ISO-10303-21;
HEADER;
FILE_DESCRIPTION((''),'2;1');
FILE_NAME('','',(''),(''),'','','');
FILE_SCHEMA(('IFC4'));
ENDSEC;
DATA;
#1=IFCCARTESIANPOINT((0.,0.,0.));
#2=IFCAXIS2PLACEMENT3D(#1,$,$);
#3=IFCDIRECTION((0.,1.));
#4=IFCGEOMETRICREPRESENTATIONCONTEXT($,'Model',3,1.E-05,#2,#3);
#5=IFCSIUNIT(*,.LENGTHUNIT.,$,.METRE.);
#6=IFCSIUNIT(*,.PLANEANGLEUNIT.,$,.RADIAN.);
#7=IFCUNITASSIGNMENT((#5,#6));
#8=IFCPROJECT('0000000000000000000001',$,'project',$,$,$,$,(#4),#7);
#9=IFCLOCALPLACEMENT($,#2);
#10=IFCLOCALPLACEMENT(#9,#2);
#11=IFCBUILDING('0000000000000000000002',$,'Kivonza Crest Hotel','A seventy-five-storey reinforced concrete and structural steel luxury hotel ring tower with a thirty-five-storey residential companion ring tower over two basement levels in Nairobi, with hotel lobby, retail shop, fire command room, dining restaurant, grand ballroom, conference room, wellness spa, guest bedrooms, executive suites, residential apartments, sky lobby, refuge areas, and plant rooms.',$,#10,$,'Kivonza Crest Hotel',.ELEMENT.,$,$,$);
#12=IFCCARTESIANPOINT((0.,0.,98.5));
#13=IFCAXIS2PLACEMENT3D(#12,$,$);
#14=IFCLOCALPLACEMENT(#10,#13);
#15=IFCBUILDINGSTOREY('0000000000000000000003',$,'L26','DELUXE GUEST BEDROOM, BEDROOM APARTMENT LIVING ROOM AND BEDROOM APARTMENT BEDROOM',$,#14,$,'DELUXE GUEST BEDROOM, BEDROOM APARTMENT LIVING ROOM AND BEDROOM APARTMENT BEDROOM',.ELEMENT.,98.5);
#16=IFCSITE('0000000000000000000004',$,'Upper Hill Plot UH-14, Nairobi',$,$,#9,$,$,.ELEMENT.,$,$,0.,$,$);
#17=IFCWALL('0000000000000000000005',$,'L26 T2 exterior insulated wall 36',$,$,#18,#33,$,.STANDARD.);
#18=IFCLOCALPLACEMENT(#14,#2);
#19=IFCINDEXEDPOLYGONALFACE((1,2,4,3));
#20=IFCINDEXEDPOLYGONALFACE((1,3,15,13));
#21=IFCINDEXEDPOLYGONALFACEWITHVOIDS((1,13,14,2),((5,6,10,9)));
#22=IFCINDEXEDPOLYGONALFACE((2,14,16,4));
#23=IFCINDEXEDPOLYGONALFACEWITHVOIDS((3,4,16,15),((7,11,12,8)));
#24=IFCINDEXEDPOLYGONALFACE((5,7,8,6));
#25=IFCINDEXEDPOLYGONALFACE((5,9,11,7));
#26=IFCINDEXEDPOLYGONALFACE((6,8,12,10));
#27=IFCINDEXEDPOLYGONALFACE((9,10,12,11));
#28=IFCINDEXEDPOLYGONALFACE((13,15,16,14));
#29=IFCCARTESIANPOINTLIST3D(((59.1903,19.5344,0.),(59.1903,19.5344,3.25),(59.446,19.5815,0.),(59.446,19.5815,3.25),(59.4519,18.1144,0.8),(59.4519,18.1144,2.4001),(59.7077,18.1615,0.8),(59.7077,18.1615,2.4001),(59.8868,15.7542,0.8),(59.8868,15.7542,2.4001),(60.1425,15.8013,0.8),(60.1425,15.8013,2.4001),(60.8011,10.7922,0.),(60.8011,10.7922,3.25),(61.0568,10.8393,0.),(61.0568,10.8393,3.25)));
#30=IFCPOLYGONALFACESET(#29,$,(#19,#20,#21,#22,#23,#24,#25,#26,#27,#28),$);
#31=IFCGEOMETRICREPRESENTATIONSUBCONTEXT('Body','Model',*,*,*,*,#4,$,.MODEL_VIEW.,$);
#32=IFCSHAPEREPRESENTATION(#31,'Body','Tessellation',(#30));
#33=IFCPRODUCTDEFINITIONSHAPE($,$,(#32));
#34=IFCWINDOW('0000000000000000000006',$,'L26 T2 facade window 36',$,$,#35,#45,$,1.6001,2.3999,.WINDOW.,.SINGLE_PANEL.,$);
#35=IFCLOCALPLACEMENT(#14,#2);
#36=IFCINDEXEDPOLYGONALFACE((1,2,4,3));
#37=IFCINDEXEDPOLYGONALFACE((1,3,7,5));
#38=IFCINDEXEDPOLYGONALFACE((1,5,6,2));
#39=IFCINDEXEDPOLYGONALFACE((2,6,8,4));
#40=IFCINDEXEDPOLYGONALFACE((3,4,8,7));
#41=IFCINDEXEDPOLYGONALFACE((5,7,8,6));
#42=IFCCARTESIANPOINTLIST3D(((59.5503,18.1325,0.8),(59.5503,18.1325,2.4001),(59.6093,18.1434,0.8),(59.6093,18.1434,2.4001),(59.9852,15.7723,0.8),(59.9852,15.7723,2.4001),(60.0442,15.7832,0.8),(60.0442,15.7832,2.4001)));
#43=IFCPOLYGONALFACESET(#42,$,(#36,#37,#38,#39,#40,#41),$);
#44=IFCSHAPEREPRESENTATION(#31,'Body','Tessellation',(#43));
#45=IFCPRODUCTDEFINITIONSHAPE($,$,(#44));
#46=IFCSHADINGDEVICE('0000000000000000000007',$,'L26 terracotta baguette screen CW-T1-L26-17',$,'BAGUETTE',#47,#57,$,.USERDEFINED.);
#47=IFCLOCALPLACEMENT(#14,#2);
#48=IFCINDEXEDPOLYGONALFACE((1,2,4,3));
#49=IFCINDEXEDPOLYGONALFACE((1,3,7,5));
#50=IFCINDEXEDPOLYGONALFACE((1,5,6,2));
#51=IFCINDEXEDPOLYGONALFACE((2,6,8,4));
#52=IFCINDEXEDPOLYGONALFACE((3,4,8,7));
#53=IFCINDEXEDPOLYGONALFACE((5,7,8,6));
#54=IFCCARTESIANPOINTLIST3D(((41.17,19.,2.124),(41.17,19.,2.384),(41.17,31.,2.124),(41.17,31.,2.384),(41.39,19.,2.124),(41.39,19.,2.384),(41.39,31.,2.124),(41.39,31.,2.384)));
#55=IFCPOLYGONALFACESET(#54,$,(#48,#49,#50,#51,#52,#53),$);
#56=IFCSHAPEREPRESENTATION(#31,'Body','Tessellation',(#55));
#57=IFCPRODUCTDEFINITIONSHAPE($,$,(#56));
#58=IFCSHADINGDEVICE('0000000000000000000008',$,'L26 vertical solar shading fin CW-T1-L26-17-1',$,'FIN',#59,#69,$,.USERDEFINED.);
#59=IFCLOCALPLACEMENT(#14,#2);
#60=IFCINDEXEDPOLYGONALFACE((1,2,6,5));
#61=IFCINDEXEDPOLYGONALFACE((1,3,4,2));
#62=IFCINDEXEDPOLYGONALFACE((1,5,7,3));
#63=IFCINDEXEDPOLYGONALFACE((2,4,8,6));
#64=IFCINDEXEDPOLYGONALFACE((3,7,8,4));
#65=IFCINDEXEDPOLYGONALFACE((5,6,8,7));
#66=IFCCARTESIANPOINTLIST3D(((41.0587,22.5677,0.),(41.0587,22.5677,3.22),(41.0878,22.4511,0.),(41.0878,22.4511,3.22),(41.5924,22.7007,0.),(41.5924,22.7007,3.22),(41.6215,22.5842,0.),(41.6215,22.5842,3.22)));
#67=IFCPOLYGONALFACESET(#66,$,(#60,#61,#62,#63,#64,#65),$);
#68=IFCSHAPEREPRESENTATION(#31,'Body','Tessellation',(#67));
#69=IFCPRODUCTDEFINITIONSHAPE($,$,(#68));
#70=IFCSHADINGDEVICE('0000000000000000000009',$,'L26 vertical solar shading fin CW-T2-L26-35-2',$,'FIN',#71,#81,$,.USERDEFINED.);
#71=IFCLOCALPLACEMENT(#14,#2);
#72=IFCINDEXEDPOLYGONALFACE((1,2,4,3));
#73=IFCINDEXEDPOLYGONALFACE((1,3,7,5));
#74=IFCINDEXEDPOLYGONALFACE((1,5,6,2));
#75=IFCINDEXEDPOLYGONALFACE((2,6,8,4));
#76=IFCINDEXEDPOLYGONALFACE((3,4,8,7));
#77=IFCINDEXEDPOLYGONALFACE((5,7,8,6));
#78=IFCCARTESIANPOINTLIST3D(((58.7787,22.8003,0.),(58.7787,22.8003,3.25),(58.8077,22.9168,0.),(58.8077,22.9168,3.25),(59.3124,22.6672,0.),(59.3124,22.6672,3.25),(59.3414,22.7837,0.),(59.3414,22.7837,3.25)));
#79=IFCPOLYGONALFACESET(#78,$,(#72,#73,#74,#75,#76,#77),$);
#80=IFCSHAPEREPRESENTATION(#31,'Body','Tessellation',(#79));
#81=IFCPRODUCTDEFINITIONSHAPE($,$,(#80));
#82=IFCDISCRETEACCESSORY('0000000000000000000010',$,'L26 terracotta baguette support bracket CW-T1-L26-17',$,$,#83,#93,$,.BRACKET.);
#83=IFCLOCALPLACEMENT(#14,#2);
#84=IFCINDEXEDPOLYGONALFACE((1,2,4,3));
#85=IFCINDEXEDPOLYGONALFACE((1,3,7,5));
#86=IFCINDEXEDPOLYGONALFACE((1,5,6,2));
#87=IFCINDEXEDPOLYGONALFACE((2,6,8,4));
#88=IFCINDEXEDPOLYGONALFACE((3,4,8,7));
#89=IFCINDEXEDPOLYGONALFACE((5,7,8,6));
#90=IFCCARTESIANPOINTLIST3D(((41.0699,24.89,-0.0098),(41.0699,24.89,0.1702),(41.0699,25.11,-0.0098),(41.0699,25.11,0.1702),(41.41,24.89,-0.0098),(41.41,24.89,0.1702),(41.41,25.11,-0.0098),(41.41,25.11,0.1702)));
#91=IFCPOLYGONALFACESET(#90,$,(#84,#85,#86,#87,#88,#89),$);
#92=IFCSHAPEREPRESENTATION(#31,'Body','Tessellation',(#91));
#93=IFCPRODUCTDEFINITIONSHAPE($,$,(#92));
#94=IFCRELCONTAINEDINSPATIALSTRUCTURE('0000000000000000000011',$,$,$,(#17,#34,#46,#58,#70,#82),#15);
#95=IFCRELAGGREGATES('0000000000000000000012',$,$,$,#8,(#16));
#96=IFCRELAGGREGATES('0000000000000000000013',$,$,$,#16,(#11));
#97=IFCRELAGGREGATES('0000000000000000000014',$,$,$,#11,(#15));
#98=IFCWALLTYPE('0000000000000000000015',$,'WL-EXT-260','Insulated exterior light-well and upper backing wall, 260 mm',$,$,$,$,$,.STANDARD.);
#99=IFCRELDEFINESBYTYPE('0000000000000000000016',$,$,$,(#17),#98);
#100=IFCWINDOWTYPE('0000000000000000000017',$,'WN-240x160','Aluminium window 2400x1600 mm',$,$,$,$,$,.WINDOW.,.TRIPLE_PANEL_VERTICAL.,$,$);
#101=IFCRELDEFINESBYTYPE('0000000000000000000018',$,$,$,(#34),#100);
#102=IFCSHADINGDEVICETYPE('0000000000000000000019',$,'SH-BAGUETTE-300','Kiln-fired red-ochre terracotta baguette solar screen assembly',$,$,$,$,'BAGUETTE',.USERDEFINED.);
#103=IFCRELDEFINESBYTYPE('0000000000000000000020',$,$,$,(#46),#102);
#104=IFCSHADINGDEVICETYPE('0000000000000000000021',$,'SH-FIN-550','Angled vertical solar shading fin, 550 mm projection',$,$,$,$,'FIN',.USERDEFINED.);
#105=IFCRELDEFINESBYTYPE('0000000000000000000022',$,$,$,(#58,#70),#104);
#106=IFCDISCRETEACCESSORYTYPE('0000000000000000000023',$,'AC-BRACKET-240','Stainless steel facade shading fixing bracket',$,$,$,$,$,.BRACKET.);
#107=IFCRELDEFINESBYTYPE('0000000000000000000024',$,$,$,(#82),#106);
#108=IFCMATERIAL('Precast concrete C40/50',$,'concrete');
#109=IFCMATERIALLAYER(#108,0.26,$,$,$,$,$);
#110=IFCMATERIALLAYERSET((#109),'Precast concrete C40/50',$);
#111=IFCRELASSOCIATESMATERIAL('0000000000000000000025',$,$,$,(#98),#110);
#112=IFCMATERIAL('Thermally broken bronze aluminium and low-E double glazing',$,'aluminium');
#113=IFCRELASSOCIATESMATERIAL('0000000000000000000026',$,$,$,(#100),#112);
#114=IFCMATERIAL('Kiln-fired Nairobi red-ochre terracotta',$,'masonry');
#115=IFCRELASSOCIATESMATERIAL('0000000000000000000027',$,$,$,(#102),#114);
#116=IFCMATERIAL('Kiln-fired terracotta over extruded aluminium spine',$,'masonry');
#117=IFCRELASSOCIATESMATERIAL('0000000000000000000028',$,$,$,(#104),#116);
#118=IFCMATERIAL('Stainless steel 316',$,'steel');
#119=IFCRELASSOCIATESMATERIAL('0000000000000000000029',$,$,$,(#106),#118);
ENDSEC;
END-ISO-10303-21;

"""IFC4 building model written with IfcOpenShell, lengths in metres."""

from ifc_helpers import new_model, si_unit, direction, frame, frame_2d, origin, origin_2d, place, context, subcontext, project, spatial, rectangle, extrude, material, layer, layer_set, type_object, element, fill, save


model = new_model("IFC4")

# Units and contexts
model_context = context("Model", 3, precision=1e-05, world=origin(), true_north=direction((0.0, 1.0)))
body_context = subcontext(model_context, "Body", "Model", "MODEL_VIEW")
ifc_project = project(units=[si_unit("LENGTHUNIT", "METRE"), si_unit("PLANEANGLEUNIT", "RADIAN")], contexts=[model_context])

# Site, building, storey
site_placement = place(None, origin())
site = spatial("IfcSite", under=ifc_project, at=site_placement, Name="Upper Hill Plot UH-14, Nairobi", CompositionType="ELEMENT", RefElevation=0.0)
building_placement = place(site_placement, origin())
building = spatial("IfcBuilding", under=site, at=building_placement, Name="Kivonza Crest Hotel", Description="A seventy-five-storey reinforced concrete and structural steel luxury hotel ring tower with a thirty-five-storey residential companion ring tower over two basement levels in Nairobi, with hotel lobby, retail shop, fire command room, dining restaurant, grand ballroom, conference room, wellness spa, guest bedrooms, executive suites, residential apartments, sky lobby, refuge areas, and plant rooms.", LongName="Kivonza Crest Hotel", CompositionType="ELEMENT")
storey_placement = place(building_placement, frame((0.0, 0.0, 98.5)))
storey = spatial("IfcBuildingStorey", under=building, at=storey_placement, Name="L26", Description="DELUXE GUEST BEDROOM, BEDROOM APARTMENT LIVING ROOM AND BEDROOM APARTMENT BEDROOM", LongName="DELUXE GUEST BEDROOM, BEDROOM APARTMENT LIVING ROOM AND BEDROOM APARTMENT BEDROOM", CompositionType="ELEMENT", Elevation=98.5)

# Shared definitions
ifc_material_1 = material(Name="Precast concrete C40/50", Category="concrete")
ifc_layer_1 = layer(ifc_material_1, 0.26)
ifc_layer_set_1 = layer_set([ifc_layer_1], Name="Precast concrete C40/50")
wall_type_1 = type_object("IfcWallType", Name="WL-EXT-260", Description="Insulated exterior light-well and upper backing wall, 260 mm", PredefinedType="STANDARD", material=ifc_layer_set_1)

# Wall, opening, window
ifc_material_2 = material(Name="Thermally broken bronze aluminium and low-E double glazing", Category="aluminium")
window_type = type_object("IfcWindowType", Name="WN-240x160", Description="Aluminium window 2400x1600 mm", PartitioningType="TRIPLE_PANEL_VERTICAL", PredefinedType="WINDOW", material=ifc_material_2)
wall_1_placement = place(storey_placement, frame((59.3181, 19.5581, 0.0), z_axis=(0.0, 0.0, 1.0), x_axis=(0.18121, -0.983444, 0.0)))
wall_1 = element("IfcWall", 1, at=wall_1_placement, inside=storey, type_object=wall_type_1, Name="L26 T2 exterior insulated wall 36", PredefinedType="STANDARD", context=body_context, shape_type="SweptSolid", body=[
    extrude(rectangle(XDim=8.8894, YDim=0.26, at=frame_2d((4.4448, 0.0))), origin(), (0.0, 0.0, 1.0), 3.25),
])
opening_1_placement = place(wall_1_placement, frame((1.4441, 0.0, 0.8)))
opening_1 = element("IfcOpeningElement", 2, at=opening_1_placement, cuts=wall_1, PredefinedType="OPENING", context=body_context, shape_type="SweptSolid", body=[
    extrude(rectangle(XDim=2.3999, YDim=1.6001, at=frame_2d((1.2, 0.8))), frame((0.0, 0.1401, 0.0), z_axis=(0.0, -1.0, 0.0), x_axis=(1.0, 0.0, 0.0)), (0.0, 0.0, 1.0), 0.28),
])
window_1_placement = place(opening_1_placement, origin())
window_1 = element("IfcWindow", 3, at=window_1_placement, inside=storey, type_object=window_type, Name="L26 T2 facade window 36", OverallHeight=1.6001, OverallWidth=2.3999, PartitioningType="SINGLE_PANEL", PredefinedType="WINDOW", context=body_context, shape_type="SweptSolid", body=[
    extrude(rectangle(XDim=2.3999, YDim=1.6001, at=frame_2d((1.2, 0.8))), frame((0.0, 0.03, 0.0), z_axis=(0.0, -1.0, 0.0), x_axis=(1.0, 0.0, 0.0)), (0.0, 0.0, 1.0), 0.0601),
])
fill(opening_1, window_1)

# Shading devices
ifc_material_3 = material(Name="Kiln-fired Nairobi red-ochre terracotta", Category="masonry")
shading_device_type_1 = type_object("IfcShadingDeviceType", Name="SH-BAGUETTE-300", Description="Kiln-fired red-ochre terracotta baguette solar screen assembly", ElementType="BAGUETTE", PredefinedType="USERDEFINED", material=ifc_material_3)
shading_device_1_placement = place(storey_placement, frame((41.28, 25.0, 2.124), z_axis=(0.0, 0.0, 1.0), x_axis=(0.0, 1.0, 0.0)))
element("IfcShadingDevice", 4, at=shading_device_1_placement, inside=storey, type_object=shading_device_type_1, Name="L26 terracotta baguette screen CW-T1-L26-17", ObjectType="BAGUETTE", PredefinedType="USERDEFINED", context=body_context, shape_type="SweptSolid", body=[
    extrude(rectangle(XDim=12.0, YDim=0.22, at=origin_2d()), origin(), (0.0, 0.0, 1.0), 0.26),
])
ifc_material_4 = material(Name="Kiln-fired terracotta over extruded aluminium spine", Category="masonry")
shading_device_type_2 = type_object("IfcShadingDeviceType", Name="SH-FIN-550", Description="Angled vertical solar shading fin, 550 mm projection", ElementType="FIN", PredefinedType="USERDEFINED", material=ifc_material_4)
shading_device_2_placement = place(storey_placement, frame((41.3401, 22.5759, 0.0), z_axis=(0.0, 0.0, 1.0), x_axis=(-0.241922, 0.970296, 0.0)))
element("IfcShadingDevice", 5, at=shading_device_2_placement, inside=storey, type_object=shading_device_type_2, Name="L26 vertical solar shading fin CW-T1-L26-17-1", ObjectType="FIN", PredefinedType="USERDEFINED", context=body_context, shape_type="SweptSolid", body=[
    extrude(rectangle(XDim=0.1201, YDim=0.55, at=origin_2d()), origin(), (0.0, 0.0, 1.0), 3.22),
])
shading_device_3_placement = place(storey_placement, frame((59.0601, 22.792, 0.0), z_axis=(0.0, 0.0, 1.0), x_axis=(-0.241922, -0.970296, 0.0)))
element("IfcShadingDevice", 6, at=shading_device_3_placement, inside=storey, type_object=shading_device_type_2, Name="L26 vertical solar shading fin CW-T2-L26-35-2", ObjectType="FIN", PredefinedType="USERDEFINED", context=body_context, shape_type="SweptSolid", body=[
    extrude(rectangle(XDim=0.1201, YDim=0.55, at=origin_2d()), origin(), (0.0, 0.0, 1.0), 3.25),
])

# Discrete accessory
ifc_material_5 = material(Name="Stainless steel 316", Category="steel")
discrete_accessory_type = type_object("IfcDiscreteAccessoryType", Name="AC-BRACKET-240", Description="Stainless steel facade shading fixing bracket", PredefinedType="BRACKET", material=ifc_material_5)
discrete_accessory_placement = place(storey_placement, frame((41.24, 25.0, -0.0098), z_axis=(0.0, 0.0, 1.0), x_axis=(0.0, 1.0, 0.0)))
element("IfcDiscreteAccessory", 7, at=discrete_accessory_placement, inside=storey, type_object=discrete_accessory_type, Name="L26 terracotta baguette support bracket CW-T1-L26-17", PredefinedType="BRACKET", context=body_context, shape_type="SweptSolid", body=[
    extrude(rectangle(XDim=0.22, YDim=0.3401, at=origin_2d()), origin(), (0.0, 0.0, 1.0), 0.1799),
])

save(model, "model.ifc")
